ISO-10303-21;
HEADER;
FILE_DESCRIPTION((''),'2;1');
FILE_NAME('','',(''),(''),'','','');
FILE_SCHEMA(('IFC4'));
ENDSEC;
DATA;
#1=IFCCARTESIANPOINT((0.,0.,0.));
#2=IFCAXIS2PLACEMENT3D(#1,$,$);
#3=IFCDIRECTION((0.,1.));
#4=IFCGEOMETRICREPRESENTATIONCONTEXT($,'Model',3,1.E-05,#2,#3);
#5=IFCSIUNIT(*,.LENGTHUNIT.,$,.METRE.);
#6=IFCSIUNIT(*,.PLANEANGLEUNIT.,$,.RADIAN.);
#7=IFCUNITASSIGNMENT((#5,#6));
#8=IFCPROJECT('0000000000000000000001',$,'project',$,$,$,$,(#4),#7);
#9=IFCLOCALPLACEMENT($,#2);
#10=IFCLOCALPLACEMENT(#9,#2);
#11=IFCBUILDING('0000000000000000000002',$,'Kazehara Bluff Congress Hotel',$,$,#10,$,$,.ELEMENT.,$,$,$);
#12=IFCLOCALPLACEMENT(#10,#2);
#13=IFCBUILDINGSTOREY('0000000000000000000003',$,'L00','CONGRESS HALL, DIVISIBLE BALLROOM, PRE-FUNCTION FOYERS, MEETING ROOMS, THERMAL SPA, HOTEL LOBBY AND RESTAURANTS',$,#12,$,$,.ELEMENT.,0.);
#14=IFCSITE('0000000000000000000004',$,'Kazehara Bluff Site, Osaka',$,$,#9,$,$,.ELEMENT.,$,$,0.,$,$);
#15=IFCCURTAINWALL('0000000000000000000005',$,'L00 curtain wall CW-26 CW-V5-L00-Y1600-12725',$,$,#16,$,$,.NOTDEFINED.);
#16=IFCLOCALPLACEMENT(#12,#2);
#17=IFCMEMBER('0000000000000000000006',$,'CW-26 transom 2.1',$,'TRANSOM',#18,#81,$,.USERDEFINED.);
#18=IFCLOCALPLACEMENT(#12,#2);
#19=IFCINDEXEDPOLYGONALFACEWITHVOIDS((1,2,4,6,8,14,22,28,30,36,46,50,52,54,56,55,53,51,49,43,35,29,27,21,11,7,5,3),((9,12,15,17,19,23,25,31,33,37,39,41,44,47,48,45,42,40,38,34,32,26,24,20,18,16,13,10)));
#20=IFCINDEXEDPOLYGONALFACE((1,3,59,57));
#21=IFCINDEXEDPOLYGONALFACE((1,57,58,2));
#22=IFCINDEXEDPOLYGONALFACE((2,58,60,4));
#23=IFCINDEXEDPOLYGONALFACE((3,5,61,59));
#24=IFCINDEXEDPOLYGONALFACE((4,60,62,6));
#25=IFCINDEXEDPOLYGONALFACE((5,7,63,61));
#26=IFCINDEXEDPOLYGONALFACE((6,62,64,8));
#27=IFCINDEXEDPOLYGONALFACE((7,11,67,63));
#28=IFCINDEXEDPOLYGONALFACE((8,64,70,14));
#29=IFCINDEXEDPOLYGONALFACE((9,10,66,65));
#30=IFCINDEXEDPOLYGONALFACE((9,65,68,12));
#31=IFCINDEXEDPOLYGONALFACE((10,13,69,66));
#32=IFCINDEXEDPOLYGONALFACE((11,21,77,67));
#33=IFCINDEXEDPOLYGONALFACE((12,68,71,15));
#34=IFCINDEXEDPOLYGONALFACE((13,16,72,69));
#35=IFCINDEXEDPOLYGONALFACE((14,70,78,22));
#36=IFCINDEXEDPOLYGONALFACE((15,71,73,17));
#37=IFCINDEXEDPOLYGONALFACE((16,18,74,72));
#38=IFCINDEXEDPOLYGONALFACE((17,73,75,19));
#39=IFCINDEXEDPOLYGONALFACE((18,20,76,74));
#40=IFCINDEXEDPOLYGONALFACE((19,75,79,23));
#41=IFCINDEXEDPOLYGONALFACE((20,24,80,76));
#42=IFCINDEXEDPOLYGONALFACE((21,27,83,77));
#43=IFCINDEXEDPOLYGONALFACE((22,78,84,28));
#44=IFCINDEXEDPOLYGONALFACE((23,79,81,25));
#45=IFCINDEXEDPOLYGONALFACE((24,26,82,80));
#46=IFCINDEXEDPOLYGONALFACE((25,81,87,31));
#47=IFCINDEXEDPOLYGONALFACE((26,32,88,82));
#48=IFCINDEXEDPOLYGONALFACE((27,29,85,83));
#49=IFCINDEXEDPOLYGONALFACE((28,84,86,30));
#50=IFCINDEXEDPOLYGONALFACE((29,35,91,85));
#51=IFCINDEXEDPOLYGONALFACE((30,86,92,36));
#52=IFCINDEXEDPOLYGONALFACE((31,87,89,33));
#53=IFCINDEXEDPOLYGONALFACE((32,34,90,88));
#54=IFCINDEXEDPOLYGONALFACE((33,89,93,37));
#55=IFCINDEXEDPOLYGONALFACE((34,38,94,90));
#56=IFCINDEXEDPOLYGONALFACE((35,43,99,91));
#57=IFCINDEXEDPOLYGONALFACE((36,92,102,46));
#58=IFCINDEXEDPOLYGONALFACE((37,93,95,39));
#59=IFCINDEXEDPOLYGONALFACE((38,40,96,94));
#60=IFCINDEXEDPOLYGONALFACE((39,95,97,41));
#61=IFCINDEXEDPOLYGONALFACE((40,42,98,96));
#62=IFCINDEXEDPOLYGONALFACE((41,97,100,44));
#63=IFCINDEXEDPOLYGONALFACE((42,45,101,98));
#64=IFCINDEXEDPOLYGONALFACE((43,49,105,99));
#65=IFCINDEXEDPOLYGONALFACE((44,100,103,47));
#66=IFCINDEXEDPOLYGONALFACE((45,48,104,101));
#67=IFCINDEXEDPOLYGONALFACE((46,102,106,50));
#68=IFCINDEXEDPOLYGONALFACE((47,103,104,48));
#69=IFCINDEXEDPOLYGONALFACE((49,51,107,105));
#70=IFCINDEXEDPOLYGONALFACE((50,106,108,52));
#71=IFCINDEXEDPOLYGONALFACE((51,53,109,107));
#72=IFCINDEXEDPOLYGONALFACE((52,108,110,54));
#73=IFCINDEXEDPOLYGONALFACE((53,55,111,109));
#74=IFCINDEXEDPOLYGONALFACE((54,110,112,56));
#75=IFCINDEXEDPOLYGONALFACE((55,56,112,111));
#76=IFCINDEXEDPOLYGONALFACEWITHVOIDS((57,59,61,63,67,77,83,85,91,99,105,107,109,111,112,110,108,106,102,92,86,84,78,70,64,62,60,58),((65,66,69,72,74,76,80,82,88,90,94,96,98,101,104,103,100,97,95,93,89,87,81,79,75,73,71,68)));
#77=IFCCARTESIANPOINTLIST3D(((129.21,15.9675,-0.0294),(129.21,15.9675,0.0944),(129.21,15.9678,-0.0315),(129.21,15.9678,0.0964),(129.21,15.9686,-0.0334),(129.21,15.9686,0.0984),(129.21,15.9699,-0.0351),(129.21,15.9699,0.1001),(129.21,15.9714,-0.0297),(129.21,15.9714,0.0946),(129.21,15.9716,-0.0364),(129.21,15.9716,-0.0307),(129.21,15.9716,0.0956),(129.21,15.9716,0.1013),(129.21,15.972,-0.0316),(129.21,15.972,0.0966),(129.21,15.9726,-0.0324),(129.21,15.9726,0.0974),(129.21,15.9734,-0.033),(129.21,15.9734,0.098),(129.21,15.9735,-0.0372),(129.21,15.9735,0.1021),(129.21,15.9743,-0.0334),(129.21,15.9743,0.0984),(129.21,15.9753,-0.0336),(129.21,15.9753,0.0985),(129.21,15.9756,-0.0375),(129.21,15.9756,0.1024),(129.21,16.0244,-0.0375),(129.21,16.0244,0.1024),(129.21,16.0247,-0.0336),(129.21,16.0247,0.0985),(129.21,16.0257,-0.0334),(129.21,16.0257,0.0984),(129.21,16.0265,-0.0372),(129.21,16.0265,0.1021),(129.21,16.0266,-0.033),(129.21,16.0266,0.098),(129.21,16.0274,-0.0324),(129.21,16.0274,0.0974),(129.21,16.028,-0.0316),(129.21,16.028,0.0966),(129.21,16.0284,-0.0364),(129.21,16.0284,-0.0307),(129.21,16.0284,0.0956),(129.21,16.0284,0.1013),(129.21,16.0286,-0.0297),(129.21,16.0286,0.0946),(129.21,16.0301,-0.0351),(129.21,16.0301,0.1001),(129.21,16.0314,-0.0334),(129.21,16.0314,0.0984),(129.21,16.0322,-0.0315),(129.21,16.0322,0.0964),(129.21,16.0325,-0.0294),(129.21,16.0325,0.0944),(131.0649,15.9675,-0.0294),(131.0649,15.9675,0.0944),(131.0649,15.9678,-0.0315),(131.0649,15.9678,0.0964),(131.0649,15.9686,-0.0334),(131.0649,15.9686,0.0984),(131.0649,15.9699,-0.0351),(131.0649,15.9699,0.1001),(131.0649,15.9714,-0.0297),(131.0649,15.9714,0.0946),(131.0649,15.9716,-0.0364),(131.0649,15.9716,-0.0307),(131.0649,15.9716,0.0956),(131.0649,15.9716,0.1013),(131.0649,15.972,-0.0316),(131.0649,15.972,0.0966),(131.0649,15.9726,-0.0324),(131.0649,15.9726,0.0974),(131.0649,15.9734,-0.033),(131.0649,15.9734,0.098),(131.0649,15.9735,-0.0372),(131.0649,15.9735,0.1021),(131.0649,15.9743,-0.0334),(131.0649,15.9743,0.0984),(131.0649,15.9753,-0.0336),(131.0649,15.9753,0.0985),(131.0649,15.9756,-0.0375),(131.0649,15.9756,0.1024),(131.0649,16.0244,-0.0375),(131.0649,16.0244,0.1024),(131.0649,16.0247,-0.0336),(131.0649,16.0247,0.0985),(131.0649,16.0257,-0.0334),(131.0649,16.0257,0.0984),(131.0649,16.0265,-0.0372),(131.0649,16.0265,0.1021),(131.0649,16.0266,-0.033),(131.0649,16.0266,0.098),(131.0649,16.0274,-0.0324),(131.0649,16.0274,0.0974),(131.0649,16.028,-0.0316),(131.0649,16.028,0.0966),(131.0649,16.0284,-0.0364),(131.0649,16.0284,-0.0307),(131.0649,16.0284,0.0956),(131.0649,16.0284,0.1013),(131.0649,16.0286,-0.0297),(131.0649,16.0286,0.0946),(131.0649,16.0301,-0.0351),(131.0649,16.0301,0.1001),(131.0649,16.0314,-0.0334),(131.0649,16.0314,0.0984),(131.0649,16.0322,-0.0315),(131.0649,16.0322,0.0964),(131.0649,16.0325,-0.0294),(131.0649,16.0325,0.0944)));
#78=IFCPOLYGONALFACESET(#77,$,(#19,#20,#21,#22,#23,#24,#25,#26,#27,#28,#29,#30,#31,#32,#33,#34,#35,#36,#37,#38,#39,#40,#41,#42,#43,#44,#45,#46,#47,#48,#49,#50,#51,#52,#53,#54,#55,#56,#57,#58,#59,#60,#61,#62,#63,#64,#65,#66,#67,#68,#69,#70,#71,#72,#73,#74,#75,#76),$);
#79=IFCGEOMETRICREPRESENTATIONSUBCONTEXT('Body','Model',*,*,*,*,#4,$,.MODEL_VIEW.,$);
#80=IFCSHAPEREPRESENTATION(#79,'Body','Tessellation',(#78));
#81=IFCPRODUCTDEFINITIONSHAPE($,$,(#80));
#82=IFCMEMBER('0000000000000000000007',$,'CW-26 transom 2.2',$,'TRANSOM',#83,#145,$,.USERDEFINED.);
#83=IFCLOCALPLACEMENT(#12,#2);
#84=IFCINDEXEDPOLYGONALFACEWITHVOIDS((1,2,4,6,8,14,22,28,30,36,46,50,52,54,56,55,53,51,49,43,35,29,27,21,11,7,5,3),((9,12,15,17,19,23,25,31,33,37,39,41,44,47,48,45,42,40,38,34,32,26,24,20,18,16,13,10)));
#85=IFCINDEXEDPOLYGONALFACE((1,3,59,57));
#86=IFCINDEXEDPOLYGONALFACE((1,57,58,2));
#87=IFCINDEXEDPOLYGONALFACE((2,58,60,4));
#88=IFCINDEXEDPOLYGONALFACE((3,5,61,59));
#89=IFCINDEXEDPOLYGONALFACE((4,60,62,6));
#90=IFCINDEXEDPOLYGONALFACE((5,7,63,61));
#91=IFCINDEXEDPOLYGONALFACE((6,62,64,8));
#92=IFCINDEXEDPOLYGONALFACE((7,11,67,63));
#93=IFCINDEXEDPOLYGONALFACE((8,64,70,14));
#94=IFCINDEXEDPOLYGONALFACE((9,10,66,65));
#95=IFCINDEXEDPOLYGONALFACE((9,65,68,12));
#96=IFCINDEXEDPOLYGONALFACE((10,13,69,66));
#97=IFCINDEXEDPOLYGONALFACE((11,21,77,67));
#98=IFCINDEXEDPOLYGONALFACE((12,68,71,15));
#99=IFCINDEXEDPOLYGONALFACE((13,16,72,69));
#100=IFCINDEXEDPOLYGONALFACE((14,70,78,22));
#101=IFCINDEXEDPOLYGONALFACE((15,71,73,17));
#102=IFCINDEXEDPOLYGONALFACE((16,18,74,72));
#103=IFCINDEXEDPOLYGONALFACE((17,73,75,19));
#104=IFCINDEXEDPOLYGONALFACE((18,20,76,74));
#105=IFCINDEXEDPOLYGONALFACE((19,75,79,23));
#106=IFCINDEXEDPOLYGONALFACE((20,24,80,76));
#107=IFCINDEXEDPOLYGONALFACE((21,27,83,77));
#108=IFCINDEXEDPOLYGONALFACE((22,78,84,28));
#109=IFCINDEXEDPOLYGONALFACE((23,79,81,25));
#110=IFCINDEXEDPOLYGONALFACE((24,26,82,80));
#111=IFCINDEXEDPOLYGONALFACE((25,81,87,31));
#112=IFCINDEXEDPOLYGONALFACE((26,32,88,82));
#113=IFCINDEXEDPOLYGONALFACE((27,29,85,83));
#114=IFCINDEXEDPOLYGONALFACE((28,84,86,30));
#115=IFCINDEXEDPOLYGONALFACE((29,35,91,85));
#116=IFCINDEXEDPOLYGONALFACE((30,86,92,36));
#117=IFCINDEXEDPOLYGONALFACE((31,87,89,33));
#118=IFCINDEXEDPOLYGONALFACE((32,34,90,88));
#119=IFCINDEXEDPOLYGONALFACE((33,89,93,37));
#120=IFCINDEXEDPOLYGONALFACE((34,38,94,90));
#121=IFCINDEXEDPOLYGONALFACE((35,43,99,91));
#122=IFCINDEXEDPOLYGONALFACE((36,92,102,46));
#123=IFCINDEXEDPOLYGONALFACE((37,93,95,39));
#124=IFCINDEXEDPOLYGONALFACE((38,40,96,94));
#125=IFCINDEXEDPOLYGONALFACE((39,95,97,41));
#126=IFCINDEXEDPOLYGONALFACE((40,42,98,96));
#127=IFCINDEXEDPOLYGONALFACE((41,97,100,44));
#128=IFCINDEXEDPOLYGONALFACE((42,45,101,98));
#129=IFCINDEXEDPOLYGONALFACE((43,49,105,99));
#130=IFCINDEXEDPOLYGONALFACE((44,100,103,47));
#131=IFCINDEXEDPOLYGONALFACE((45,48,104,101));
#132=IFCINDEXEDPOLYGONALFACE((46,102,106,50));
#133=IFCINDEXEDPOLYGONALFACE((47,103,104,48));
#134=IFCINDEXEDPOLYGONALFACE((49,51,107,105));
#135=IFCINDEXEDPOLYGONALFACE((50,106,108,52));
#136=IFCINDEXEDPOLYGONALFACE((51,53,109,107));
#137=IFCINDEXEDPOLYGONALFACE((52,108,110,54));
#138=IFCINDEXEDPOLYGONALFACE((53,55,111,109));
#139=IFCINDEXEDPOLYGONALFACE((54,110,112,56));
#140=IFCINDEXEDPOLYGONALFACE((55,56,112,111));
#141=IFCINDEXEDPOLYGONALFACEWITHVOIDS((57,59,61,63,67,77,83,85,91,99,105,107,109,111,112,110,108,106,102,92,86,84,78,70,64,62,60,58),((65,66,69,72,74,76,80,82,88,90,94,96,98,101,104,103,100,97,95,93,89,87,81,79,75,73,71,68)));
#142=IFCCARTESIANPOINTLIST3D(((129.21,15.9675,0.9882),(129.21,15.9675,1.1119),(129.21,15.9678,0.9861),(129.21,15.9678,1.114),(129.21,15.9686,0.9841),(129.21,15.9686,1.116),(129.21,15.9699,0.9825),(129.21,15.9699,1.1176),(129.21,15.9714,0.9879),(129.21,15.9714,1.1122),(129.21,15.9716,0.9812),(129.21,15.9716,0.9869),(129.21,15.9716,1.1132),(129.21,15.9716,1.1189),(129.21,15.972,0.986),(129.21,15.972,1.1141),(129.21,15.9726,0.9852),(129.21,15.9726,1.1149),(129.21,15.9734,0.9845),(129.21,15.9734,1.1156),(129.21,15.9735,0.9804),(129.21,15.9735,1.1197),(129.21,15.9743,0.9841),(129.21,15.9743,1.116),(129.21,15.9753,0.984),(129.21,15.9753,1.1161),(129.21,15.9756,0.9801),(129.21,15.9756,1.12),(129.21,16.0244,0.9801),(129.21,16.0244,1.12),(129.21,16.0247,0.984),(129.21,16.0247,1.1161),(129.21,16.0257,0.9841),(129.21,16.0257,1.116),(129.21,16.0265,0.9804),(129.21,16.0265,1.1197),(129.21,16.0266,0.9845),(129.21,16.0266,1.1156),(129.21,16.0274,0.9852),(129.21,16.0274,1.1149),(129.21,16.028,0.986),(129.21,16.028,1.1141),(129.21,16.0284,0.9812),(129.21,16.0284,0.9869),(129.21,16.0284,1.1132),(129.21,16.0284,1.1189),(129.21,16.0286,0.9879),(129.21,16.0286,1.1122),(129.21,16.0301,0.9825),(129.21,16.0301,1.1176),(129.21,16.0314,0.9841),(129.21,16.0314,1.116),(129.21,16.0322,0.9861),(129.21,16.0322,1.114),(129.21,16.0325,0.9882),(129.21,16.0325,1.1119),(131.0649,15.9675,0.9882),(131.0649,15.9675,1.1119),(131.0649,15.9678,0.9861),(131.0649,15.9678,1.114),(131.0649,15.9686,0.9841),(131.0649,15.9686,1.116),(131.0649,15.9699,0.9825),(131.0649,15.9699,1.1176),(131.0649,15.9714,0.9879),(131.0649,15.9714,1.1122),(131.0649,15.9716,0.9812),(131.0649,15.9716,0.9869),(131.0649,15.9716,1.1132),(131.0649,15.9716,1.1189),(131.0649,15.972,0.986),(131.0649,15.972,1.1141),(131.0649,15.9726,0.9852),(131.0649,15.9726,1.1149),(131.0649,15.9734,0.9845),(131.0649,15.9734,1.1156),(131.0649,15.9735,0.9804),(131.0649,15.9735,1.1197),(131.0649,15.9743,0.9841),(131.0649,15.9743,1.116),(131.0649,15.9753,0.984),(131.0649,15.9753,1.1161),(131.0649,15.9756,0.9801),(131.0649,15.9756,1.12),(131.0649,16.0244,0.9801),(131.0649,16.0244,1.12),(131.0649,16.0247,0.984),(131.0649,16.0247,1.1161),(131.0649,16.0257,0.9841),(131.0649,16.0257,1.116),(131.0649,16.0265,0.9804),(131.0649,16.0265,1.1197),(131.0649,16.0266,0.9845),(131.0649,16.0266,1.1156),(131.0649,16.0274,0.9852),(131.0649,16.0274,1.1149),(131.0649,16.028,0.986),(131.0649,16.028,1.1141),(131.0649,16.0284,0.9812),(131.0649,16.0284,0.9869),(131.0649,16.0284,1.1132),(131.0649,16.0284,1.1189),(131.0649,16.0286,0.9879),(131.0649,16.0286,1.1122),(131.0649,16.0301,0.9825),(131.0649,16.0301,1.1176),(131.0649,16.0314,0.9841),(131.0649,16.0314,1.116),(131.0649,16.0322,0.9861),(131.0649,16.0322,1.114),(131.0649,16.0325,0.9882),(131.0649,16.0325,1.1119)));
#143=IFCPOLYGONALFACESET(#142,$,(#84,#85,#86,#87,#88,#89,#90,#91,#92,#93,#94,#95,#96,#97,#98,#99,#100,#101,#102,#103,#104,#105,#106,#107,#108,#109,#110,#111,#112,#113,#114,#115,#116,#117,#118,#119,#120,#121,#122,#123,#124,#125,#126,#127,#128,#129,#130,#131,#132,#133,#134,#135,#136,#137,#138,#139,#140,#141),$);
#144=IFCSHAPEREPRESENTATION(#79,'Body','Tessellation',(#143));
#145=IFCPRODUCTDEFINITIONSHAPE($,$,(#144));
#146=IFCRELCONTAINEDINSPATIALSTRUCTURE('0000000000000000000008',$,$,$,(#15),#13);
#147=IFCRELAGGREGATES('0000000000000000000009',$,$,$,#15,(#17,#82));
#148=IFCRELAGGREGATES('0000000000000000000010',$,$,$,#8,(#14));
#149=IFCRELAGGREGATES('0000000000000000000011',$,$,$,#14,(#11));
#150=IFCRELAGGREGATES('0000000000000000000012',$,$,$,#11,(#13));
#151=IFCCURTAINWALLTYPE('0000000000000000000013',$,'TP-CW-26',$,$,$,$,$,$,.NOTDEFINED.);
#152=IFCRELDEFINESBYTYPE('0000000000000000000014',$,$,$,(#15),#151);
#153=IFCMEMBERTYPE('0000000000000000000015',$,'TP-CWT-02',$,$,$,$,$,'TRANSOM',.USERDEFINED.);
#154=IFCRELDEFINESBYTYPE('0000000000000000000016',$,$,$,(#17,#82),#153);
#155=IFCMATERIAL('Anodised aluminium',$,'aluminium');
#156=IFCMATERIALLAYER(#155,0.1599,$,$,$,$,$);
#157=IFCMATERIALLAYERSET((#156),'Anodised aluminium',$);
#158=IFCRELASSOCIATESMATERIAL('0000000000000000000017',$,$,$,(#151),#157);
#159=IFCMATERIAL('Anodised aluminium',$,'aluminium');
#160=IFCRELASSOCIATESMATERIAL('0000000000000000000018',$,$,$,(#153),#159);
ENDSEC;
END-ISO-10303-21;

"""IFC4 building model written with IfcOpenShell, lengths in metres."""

from ifc_helpers import new_model, si_unit, direction, frame, origin, origin_2d, place, context, subcontext, project, spatial, hollow_rectangle, extrude, material, layer, layer_set, material_profile, profile_set, type_object, element, aggregate, save


model = new_model("IFC4")

# Units and contexts
model_context = context("Model", 3, precision=1e-05, world=origin(), true_north=direction((0.0, 1.0)))
body_context = subcontext(model_context, "Body", "Model", "MODEL_VIEW")
ifc_project = project(units=[si_unit("LENGTHUNIT", "METRE"), si_unit("PLANEANGLEUNIT", "RADIAN")], contexts=[model_context])

# Site, building, storey
site_placement = place(None, origin())
site = spatial("IfcSite", under=ifc_project, at=site_placement, Name="Kazehara Bluff Site, Osaka", CompositionType="ELEMENT", RefElevation=0.0)
building_placement = place(site_placement, origin())
building = spatial("IfcBuilding", under=site, at=building_placement, Name="Kazehara Bluff Congress Hotel", CompositionType="ELEMENT")
storey_placement = place(building_placement, origin())
storey = spatial("IfcBuildingStorey", under=building, at=storey_placement, Name="L00", Description="CONGRESS HALL, DIVISIBLE BALLROOM, PRE-FUNCTION FOYERS, MEETING ROOMS, THERMAL SPA, HOTEL LOBBY AND RESTAURANTS", CompositionType="ELEMENT", Elevation=0.0)

# Shared definitions
ifc_material_1 = material(Name="Anodised aluminium", Category="aluminium")
ifc_layer_1 = layer(ifc_material_1, 0.1599)
ifc_layer_set_1 = layer_set([ifc_layer_1], Name="Anodised aluminium")
curtain_wall_type = type_object("IfcCurtainWallType", Name="TP-CW-26", PredefinedType="NOTDEFINED", material=ifc_layer_set_1)

# Curtain wall
curtain_wall_1_placement = place(storey_placement, origin())
curtain_wall_1 = element("IfcCurtainWall", 1, at=curtain_wall_1_placement, inside=storey, type_object=curtain_wall_type, Name="L00 curtain wall CW-26 CW-V5-L00-Y1600-12725", PredefinedType="NOTDEFINED")

# Members
ifc_material_2 = material(Name="Anodised aluminium", Category="aluminium")
ifc_material_profile_1 = material_profile(ifc_material_2, hollow_rectangle(XDim=0.0649, YDim=0.1399, WallThickness=0.0039, InnerFilletRadius=0.0039, OuterFilletRadius=0.0081, at=origin_2d()))
ifc_profile_set_1 = profile_set([ifc_material_profile_1], Name="Anodised aluminium")
member_type_1 = type_object("IfcMemberType", Name="TP-CWT-02", ElementType="TRANSOM", PredefinedType="USERDEFINED", material=ifc_profile_set_1)
member_1_placement = place(storey_placement, frame((129.21, 16.0, 0.0325), z_axis=(1.0, 0.0, 0.0), x_axis=(0.0, 1.0, 0.0)))
member_1 = element("IfcMember", 2, at=member_1_placement, type_object=member_type_1, Name="CW-26 transom 2.1", ObjectType="TRANSOM", PredefinedType="USERDEFINED", context=body_context, shape_type="SweptSolid", body=[
    extrude(hollow_rectangle(XDim=0.0649, YDim=0.1399, WallThickness=0.0039, InnerFilletRadius=0.0039, OuterFilletRadius=0.0081, at=origin_2d()), origin(), (0.0, 0.0, 1.0), 1.855),
])
member_2_placement = place(storey_placement, frame((129.21, 16.0, 1.05), z_axis=(1.0, 0.0, 0.0), x_axis=(0.0, 1.0, 0.0)))
member_2 = element("IfcMember", 3, at=member_2_placement, type_object=member_type_1, Name="CW-26 transom 2.2", ObjectType="TRANSOM", PredefinedType="USERDEFINED", context=body_context, shape_type="SweptSolid", body=[
    extrude(hollow_rectangle(XDim=0.0649, YDim=0.1399, WallThickness=0.0039, InnerFilletRadius=0.0039, OuterFilletRadius=0.0081, at=origin_2d()), origin(), (0.0, 0.0, 1.0), 1.855),
])

aggregate(curtain_wall_1, [member_1, member_2])

save(model, "model.ifc")
